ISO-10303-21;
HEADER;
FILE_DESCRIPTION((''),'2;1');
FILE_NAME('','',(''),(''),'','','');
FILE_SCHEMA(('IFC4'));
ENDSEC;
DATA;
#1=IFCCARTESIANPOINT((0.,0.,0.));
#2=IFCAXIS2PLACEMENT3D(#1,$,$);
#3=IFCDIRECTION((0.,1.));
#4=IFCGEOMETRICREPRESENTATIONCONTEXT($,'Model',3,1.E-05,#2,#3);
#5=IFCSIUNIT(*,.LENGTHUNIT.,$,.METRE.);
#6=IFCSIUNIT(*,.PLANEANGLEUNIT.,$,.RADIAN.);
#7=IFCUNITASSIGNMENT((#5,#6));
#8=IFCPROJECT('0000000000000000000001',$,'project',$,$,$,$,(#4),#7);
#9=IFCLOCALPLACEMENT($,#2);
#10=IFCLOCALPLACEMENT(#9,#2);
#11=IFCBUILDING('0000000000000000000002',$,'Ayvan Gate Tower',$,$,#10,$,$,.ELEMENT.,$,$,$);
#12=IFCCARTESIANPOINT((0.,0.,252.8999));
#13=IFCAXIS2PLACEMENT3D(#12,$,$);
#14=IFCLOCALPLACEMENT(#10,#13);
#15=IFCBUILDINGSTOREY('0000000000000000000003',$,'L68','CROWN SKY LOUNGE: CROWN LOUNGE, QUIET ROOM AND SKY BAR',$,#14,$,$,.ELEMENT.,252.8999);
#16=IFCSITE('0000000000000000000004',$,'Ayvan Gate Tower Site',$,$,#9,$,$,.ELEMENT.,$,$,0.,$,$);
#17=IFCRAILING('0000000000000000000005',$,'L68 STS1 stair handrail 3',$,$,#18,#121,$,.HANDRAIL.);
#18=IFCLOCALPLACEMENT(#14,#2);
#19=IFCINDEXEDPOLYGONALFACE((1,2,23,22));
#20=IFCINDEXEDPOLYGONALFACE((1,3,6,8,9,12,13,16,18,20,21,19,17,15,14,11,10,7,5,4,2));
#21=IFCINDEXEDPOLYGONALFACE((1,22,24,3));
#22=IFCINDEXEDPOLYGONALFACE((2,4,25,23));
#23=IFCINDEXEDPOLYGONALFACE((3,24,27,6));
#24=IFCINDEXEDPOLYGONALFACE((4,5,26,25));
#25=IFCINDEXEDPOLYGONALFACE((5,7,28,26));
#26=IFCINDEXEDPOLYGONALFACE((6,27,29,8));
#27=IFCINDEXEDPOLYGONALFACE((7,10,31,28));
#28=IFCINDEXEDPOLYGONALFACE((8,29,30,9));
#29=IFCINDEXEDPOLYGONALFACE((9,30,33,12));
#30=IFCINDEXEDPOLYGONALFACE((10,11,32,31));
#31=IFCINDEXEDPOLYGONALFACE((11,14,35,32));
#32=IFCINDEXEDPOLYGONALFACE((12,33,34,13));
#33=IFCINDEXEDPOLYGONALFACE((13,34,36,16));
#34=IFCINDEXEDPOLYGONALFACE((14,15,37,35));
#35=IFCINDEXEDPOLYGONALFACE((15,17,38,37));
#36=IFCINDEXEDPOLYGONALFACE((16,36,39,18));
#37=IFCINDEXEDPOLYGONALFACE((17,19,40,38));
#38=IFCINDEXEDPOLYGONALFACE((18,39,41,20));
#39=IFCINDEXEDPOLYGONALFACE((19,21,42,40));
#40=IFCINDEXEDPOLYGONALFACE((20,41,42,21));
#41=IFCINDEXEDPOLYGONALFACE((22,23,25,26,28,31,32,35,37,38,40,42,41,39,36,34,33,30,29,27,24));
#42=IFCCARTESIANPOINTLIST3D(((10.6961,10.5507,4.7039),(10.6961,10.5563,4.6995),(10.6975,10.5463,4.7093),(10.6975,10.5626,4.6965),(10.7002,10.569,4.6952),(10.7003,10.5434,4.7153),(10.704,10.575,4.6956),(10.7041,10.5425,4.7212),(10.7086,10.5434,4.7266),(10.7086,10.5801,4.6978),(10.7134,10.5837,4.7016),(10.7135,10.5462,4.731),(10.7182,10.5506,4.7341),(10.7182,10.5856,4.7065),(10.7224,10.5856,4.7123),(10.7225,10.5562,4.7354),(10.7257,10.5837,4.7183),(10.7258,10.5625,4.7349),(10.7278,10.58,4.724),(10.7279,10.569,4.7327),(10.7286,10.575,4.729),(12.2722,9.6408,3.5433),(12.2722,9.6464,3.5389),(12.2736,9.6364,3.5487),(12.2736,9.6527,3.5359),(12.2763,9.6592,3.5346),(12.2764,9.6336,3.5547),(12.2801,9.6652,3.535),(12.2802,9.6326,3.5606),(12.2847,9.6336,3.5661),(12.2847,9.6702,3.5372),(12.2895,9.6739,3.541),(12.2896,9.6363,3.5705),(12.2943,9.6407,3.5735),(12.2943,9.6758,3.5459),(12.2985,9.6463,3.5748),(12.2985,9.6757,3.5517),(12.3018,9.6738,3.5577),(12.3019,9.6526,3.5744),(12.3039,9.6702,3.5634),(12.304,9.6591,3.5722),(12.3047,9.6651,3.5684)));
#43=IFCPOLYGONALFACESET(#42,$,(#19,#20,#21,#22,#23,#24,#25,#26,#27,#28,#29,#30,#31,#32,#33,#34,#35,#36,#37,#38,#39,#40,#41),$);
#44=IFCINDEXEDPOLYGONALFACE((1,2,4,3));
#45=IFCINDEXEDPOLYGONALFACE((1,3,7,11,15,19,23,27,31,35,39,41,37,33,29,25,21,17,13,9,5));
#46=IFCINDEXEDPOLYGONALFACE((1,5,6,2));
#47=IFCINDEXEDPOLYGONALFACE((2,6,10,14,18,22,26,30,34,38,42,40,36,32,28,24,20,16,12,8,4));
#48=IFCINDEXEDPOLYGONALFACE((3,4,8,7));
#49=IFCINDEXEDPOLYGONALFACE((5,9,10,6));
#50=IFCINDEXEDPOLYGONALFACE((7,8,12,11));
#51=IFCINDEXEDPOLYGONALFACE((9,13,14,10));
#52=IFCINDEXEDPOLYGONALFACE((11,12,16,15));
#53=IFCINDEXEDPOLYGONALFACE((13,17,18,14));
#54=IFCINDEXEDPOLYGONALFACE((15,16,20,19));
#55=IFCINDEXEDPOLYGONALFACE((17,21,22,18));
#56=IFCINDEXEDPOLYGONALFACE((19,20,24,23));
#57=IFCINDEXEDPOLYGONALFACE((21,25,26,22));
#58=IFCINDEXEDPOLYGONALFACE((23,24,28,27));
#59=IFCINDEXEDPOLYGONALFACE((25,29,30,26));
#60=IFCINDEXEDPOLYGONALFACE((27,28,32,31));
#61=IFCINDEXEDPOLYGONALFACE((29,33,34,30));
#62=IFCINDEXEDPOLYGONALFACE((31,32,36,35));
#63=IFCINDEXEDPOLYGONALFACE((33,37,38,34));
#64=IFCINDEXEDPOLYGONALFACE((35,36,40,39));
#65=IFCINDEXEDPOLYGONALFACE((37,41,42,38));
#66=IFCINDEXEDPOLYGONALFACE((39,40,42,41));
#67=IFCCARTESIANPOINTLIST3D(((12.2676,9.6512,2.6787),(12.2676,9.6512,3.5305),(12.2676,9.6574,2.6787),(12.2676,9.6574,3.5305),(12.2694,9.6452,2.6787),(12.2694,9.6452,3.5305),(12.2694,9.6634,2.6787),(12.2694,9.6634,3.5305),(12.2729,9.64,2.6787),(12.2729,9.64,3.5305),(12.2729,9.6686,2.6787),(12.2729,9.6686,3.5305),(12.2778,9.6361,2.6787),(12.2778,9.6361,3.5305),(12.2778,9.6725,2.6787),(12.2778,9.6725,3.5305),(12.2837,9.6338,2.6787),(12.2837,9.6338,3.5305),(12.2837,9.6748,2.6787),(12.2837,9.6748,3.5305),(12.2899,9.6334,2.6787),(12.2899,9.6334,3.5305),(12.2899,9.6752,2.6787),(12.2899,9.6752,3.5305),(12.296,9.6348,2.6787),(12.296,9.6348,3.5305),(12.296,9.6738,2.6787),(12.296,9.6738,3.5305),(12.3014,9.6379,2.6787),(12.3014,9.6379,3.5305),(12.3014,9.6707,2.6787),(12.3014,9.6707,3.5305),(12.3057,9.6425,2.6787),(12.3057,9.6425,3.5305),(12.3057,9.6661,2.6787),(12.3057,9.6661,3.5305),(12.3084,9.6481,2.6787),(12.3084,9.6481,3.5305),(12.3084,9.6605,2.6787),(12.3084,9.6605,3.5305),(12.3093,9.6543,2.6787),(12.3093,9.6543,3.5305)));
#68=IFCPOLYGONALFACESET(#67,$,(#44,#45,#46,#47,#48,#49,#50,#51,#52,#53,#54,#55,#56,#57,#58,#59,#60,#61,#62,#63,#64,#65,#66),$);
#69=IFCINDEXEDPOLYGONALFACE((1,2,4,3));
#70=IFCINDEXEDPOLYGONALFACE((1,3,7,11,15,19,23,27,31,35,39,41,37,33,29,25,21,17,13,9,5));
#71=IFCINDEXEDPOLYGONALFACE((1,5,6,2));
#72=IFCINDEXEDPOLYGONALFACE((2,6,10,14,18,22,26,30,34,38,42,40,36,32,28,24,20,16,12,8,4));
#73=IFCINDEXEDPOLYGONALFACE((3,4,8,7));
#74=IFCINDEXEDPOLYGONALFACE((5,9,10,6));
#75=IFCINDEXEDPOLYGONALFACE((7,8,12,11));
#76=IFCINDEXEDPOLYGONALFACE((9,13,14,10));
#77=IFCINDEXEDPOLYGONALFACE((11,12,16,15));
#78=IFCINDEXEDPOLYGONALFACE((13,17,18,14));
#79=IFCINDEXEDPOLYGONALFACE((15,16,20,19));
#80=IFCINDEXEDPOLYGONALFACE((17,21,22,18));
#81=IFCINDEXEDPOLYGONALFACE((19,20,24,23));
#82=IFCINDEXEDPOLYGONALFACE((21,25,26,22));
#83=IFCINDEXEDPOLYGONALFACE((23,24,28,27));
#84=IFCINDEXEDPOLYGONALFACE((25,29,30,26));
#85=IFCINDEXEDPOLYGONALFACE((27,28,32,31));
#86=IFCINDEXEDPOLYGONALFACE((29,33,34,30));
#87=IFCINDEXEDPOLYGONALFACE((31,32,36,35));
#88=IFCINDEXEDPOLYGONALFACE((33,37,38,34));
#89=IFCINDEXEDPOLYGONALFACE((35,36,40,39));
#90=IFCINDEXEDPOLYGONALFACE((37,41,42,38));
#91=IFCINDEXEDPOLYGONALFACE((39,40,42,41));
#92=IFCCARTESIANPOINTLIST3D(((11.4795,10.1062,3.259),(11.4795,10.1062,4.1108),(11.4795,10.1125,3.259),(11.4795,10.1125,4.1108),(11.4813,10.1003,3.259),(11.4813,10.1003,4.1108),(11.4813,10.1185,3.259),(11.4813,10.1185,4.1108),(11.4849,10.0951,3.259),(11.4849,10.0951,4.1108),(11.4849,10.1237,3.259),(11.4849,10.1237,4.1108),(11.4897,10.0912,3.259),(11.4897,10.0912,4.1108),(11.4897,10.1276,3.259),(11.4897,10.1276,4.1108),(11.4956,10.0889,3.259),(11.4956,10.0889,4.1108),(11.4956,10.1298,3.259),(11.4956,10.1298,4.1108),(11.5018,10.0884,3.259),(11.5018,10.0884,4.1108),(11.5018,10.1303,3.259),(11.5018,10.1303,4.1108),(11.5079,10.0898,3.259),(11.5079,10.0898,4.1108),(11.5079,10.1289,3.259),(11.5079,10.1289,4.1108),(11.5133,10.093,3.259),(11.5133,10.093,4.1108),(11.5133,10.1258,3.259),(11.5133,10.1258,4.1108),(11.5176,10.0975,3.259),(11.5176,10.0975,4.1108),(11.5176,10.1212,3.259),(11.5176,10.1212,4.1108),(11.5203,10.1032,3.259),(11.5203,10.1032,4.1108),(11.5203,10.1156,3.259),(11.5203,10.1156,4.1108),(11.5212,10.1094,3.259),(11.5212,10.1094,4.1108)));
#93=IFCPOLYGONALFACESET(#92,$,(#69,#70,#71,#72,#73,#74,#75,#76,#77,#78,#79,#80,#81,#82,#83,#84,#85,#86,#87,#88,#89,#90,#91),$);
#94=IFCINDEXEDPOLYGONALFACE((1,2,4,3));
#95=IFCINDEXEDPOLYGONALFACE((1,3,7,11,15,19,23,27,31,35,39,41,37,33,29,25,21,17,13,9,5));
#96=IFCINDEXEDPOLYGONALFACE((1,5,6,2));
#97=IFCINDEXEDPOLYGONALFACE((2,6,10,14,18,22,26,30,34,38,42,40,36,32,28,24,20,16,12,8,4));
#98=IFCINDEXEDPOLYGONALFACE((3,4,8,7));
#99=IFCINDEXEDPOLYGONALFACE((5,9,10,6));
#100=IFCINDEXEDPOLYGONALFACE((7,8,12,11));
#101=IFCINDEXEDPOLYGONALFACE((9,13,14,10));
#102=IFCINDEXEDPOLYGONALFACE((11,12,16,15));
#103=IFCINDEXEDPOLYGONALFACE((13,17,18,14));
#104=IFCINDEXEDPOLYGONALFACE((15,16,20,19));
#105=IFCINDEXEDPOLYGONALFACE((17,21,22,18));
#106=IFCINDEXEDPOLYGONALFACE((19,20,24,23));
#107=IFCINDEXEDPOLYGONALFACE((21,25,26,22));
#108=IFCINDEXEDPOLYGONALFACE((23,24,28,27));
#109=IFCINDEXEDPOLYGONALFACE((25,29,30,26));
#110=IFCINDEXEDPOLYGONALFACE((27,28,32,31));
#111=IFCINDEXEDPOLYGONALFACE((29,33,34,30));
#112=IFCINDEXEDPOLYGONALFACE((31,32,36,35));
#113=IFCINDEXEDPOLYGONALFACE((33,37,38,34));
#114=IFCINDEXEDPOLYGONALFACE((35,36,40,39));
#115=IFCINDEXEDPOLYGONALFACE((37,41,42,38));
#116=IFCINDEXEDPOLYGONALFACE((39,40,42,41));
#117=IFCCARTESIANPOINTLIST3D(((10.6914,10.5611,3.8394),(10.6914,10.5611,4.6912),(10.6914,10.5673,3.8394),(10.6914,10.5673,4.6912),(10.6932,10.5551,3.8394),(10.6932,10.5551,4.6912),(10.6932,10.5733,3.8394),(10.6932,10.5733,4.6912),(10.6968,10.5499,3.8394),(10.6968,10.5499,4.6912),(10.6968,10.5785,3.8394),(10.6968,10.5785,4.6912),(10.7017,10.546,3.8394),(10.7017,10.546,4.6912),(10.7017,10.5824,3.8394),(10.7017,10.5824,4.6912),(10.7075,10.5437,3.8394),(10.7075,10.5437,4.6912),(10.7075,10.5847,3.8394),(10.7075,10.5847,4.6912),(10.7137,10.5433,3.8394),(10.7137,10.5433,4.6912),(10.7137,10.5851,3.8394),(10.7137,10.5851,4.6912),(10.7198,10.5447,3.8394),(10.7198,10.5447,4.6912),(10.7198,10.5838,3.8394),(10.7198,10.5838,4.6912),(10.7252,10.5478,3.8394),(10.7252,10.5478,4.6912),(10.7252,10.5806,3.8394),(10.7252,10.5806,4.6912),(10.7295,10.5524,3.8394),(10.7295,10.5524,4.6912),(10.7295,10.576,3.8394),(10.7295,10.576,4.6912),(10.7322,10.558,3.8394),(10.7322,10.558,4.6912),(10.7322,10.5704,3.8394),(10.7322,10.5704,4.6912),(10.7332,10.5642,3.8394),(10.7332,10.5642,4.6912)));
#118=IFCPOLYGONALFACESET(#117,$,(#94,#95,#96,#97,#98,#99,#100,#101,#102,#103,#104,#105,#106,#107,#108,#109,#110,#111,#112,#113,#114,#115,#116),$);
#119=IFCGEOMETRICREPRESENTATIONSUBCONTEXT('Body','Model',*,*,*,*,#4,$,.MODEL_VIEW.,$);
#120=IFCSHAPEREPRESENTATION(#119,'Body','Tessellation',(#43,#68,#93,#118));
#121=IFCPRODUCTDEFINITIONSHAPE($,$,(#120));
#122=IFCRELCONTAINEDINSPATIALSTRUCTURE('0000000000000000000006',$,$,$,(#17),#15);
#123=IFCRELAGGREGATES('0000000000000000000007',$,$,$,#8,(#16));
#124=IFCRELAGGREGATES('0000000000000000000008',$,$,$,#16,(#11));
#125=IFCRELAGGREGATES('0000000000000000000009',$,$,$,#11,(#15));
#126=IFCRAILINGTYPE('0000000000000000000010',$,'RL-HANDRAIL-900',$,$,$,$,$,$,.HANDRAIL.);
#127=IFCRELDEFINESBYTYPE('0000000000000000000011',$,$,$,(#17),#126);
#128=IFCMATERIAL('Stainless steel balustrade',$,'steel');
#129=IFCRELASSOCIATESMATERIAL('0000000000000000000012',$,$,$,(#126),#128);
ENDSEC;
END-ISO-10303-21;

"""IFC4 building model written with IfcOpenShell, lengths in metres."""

from ifc_helpers import new_model, si_unit, direction, frame, origin, origin_2d, place, context, subcontext, project, spatial, circle, extrude, material, type_object, element, save


model = new_model("IFC4")

# Units and contexts
model_context = context("Model", 3, precision=1e-05, world=origin(), true_north=direction((0.0, 1.0)))
body_context = subcontext(model_context, "Body", "Model", "MODEL_VIEW")
ifc_project = project(units=[si_unit("LENGTHUNIT", "METRE"), si_unit("PLANEANGLEUNIT", "RADIAN")], contexts=[model_context])

# Site, building, storey
site_placement = place(None, origin())
site = spatial("IfcSite", under=ifc_project, at=site_placement, Name="Ayvan Gate Tower Site", CompositionType="ELEMENT", RefElevation=0.0)
building_placement = place(site_placement, origin())
building = spatial("IfcBuilding", under=site, at=building_placement, Name="Ayvan Gate Tower", CompositionType="ELEMENT")
storey_placement = place(building_placement, frame((0.0, 0.0, 252.8999)))
storey = spatial("IfcBuildingStorey", under=building, at=storey_placement, Name="L68", Description="CROWN SKY LOUNGE: CROWN LOUNGE, QUIET ROOM AND SKY BAR", CompositionType="ELEMENT", Elevation=252.8999)

# Railing
ifc_material_1 = material(Name="Stainless steel balustrade", Category="steel")
railing_type_1 = type_object("IfcRailingType", Name="RL-HANDRAIL-900", PredefinedType="HANDRAIL", material=ifc_material_1)
railing_1_placement = place(storey_placement, frame((12.2883, 9.6543, 2.6787)))
element("IfcRailing", 1, at=railing_1_placement, inside=storey, type_object=railing_type_1, Name="L68 STS1 stair handrail 3", PredefinedType="HANDRAIL", context=body_context, shape_type="SweptSolid", body=[
    extrude(circle(Radius=0.0239, at=origin_2d()), frame((0.0, 0.0, 0.876), z_axis=(-0.730198, 0.421538, 0.537695), x_axis=(-0.499962, -0.866047, 0.0)), (0.0, 0.0, 1.0), 2.1584),
    extrude(circle(Radius=0.021, at=origin_2d()), origin(), (0.0, 0.0, 1.0), 0.8518),
    extrude(circle(Radius=0.021, at=origin_2d()), frame((-0.7881, 0.4551, 0.5803)), (0.0, 0.0, 1.0), 0.8518),
    extrude(circle(Radius=0.021, at=origin_2d()), frame((-1.5762, 0.9099, 1.1606)), (0.0, 0.0, 1.0), 0.8518),
])

save(model, "model.ifc")
